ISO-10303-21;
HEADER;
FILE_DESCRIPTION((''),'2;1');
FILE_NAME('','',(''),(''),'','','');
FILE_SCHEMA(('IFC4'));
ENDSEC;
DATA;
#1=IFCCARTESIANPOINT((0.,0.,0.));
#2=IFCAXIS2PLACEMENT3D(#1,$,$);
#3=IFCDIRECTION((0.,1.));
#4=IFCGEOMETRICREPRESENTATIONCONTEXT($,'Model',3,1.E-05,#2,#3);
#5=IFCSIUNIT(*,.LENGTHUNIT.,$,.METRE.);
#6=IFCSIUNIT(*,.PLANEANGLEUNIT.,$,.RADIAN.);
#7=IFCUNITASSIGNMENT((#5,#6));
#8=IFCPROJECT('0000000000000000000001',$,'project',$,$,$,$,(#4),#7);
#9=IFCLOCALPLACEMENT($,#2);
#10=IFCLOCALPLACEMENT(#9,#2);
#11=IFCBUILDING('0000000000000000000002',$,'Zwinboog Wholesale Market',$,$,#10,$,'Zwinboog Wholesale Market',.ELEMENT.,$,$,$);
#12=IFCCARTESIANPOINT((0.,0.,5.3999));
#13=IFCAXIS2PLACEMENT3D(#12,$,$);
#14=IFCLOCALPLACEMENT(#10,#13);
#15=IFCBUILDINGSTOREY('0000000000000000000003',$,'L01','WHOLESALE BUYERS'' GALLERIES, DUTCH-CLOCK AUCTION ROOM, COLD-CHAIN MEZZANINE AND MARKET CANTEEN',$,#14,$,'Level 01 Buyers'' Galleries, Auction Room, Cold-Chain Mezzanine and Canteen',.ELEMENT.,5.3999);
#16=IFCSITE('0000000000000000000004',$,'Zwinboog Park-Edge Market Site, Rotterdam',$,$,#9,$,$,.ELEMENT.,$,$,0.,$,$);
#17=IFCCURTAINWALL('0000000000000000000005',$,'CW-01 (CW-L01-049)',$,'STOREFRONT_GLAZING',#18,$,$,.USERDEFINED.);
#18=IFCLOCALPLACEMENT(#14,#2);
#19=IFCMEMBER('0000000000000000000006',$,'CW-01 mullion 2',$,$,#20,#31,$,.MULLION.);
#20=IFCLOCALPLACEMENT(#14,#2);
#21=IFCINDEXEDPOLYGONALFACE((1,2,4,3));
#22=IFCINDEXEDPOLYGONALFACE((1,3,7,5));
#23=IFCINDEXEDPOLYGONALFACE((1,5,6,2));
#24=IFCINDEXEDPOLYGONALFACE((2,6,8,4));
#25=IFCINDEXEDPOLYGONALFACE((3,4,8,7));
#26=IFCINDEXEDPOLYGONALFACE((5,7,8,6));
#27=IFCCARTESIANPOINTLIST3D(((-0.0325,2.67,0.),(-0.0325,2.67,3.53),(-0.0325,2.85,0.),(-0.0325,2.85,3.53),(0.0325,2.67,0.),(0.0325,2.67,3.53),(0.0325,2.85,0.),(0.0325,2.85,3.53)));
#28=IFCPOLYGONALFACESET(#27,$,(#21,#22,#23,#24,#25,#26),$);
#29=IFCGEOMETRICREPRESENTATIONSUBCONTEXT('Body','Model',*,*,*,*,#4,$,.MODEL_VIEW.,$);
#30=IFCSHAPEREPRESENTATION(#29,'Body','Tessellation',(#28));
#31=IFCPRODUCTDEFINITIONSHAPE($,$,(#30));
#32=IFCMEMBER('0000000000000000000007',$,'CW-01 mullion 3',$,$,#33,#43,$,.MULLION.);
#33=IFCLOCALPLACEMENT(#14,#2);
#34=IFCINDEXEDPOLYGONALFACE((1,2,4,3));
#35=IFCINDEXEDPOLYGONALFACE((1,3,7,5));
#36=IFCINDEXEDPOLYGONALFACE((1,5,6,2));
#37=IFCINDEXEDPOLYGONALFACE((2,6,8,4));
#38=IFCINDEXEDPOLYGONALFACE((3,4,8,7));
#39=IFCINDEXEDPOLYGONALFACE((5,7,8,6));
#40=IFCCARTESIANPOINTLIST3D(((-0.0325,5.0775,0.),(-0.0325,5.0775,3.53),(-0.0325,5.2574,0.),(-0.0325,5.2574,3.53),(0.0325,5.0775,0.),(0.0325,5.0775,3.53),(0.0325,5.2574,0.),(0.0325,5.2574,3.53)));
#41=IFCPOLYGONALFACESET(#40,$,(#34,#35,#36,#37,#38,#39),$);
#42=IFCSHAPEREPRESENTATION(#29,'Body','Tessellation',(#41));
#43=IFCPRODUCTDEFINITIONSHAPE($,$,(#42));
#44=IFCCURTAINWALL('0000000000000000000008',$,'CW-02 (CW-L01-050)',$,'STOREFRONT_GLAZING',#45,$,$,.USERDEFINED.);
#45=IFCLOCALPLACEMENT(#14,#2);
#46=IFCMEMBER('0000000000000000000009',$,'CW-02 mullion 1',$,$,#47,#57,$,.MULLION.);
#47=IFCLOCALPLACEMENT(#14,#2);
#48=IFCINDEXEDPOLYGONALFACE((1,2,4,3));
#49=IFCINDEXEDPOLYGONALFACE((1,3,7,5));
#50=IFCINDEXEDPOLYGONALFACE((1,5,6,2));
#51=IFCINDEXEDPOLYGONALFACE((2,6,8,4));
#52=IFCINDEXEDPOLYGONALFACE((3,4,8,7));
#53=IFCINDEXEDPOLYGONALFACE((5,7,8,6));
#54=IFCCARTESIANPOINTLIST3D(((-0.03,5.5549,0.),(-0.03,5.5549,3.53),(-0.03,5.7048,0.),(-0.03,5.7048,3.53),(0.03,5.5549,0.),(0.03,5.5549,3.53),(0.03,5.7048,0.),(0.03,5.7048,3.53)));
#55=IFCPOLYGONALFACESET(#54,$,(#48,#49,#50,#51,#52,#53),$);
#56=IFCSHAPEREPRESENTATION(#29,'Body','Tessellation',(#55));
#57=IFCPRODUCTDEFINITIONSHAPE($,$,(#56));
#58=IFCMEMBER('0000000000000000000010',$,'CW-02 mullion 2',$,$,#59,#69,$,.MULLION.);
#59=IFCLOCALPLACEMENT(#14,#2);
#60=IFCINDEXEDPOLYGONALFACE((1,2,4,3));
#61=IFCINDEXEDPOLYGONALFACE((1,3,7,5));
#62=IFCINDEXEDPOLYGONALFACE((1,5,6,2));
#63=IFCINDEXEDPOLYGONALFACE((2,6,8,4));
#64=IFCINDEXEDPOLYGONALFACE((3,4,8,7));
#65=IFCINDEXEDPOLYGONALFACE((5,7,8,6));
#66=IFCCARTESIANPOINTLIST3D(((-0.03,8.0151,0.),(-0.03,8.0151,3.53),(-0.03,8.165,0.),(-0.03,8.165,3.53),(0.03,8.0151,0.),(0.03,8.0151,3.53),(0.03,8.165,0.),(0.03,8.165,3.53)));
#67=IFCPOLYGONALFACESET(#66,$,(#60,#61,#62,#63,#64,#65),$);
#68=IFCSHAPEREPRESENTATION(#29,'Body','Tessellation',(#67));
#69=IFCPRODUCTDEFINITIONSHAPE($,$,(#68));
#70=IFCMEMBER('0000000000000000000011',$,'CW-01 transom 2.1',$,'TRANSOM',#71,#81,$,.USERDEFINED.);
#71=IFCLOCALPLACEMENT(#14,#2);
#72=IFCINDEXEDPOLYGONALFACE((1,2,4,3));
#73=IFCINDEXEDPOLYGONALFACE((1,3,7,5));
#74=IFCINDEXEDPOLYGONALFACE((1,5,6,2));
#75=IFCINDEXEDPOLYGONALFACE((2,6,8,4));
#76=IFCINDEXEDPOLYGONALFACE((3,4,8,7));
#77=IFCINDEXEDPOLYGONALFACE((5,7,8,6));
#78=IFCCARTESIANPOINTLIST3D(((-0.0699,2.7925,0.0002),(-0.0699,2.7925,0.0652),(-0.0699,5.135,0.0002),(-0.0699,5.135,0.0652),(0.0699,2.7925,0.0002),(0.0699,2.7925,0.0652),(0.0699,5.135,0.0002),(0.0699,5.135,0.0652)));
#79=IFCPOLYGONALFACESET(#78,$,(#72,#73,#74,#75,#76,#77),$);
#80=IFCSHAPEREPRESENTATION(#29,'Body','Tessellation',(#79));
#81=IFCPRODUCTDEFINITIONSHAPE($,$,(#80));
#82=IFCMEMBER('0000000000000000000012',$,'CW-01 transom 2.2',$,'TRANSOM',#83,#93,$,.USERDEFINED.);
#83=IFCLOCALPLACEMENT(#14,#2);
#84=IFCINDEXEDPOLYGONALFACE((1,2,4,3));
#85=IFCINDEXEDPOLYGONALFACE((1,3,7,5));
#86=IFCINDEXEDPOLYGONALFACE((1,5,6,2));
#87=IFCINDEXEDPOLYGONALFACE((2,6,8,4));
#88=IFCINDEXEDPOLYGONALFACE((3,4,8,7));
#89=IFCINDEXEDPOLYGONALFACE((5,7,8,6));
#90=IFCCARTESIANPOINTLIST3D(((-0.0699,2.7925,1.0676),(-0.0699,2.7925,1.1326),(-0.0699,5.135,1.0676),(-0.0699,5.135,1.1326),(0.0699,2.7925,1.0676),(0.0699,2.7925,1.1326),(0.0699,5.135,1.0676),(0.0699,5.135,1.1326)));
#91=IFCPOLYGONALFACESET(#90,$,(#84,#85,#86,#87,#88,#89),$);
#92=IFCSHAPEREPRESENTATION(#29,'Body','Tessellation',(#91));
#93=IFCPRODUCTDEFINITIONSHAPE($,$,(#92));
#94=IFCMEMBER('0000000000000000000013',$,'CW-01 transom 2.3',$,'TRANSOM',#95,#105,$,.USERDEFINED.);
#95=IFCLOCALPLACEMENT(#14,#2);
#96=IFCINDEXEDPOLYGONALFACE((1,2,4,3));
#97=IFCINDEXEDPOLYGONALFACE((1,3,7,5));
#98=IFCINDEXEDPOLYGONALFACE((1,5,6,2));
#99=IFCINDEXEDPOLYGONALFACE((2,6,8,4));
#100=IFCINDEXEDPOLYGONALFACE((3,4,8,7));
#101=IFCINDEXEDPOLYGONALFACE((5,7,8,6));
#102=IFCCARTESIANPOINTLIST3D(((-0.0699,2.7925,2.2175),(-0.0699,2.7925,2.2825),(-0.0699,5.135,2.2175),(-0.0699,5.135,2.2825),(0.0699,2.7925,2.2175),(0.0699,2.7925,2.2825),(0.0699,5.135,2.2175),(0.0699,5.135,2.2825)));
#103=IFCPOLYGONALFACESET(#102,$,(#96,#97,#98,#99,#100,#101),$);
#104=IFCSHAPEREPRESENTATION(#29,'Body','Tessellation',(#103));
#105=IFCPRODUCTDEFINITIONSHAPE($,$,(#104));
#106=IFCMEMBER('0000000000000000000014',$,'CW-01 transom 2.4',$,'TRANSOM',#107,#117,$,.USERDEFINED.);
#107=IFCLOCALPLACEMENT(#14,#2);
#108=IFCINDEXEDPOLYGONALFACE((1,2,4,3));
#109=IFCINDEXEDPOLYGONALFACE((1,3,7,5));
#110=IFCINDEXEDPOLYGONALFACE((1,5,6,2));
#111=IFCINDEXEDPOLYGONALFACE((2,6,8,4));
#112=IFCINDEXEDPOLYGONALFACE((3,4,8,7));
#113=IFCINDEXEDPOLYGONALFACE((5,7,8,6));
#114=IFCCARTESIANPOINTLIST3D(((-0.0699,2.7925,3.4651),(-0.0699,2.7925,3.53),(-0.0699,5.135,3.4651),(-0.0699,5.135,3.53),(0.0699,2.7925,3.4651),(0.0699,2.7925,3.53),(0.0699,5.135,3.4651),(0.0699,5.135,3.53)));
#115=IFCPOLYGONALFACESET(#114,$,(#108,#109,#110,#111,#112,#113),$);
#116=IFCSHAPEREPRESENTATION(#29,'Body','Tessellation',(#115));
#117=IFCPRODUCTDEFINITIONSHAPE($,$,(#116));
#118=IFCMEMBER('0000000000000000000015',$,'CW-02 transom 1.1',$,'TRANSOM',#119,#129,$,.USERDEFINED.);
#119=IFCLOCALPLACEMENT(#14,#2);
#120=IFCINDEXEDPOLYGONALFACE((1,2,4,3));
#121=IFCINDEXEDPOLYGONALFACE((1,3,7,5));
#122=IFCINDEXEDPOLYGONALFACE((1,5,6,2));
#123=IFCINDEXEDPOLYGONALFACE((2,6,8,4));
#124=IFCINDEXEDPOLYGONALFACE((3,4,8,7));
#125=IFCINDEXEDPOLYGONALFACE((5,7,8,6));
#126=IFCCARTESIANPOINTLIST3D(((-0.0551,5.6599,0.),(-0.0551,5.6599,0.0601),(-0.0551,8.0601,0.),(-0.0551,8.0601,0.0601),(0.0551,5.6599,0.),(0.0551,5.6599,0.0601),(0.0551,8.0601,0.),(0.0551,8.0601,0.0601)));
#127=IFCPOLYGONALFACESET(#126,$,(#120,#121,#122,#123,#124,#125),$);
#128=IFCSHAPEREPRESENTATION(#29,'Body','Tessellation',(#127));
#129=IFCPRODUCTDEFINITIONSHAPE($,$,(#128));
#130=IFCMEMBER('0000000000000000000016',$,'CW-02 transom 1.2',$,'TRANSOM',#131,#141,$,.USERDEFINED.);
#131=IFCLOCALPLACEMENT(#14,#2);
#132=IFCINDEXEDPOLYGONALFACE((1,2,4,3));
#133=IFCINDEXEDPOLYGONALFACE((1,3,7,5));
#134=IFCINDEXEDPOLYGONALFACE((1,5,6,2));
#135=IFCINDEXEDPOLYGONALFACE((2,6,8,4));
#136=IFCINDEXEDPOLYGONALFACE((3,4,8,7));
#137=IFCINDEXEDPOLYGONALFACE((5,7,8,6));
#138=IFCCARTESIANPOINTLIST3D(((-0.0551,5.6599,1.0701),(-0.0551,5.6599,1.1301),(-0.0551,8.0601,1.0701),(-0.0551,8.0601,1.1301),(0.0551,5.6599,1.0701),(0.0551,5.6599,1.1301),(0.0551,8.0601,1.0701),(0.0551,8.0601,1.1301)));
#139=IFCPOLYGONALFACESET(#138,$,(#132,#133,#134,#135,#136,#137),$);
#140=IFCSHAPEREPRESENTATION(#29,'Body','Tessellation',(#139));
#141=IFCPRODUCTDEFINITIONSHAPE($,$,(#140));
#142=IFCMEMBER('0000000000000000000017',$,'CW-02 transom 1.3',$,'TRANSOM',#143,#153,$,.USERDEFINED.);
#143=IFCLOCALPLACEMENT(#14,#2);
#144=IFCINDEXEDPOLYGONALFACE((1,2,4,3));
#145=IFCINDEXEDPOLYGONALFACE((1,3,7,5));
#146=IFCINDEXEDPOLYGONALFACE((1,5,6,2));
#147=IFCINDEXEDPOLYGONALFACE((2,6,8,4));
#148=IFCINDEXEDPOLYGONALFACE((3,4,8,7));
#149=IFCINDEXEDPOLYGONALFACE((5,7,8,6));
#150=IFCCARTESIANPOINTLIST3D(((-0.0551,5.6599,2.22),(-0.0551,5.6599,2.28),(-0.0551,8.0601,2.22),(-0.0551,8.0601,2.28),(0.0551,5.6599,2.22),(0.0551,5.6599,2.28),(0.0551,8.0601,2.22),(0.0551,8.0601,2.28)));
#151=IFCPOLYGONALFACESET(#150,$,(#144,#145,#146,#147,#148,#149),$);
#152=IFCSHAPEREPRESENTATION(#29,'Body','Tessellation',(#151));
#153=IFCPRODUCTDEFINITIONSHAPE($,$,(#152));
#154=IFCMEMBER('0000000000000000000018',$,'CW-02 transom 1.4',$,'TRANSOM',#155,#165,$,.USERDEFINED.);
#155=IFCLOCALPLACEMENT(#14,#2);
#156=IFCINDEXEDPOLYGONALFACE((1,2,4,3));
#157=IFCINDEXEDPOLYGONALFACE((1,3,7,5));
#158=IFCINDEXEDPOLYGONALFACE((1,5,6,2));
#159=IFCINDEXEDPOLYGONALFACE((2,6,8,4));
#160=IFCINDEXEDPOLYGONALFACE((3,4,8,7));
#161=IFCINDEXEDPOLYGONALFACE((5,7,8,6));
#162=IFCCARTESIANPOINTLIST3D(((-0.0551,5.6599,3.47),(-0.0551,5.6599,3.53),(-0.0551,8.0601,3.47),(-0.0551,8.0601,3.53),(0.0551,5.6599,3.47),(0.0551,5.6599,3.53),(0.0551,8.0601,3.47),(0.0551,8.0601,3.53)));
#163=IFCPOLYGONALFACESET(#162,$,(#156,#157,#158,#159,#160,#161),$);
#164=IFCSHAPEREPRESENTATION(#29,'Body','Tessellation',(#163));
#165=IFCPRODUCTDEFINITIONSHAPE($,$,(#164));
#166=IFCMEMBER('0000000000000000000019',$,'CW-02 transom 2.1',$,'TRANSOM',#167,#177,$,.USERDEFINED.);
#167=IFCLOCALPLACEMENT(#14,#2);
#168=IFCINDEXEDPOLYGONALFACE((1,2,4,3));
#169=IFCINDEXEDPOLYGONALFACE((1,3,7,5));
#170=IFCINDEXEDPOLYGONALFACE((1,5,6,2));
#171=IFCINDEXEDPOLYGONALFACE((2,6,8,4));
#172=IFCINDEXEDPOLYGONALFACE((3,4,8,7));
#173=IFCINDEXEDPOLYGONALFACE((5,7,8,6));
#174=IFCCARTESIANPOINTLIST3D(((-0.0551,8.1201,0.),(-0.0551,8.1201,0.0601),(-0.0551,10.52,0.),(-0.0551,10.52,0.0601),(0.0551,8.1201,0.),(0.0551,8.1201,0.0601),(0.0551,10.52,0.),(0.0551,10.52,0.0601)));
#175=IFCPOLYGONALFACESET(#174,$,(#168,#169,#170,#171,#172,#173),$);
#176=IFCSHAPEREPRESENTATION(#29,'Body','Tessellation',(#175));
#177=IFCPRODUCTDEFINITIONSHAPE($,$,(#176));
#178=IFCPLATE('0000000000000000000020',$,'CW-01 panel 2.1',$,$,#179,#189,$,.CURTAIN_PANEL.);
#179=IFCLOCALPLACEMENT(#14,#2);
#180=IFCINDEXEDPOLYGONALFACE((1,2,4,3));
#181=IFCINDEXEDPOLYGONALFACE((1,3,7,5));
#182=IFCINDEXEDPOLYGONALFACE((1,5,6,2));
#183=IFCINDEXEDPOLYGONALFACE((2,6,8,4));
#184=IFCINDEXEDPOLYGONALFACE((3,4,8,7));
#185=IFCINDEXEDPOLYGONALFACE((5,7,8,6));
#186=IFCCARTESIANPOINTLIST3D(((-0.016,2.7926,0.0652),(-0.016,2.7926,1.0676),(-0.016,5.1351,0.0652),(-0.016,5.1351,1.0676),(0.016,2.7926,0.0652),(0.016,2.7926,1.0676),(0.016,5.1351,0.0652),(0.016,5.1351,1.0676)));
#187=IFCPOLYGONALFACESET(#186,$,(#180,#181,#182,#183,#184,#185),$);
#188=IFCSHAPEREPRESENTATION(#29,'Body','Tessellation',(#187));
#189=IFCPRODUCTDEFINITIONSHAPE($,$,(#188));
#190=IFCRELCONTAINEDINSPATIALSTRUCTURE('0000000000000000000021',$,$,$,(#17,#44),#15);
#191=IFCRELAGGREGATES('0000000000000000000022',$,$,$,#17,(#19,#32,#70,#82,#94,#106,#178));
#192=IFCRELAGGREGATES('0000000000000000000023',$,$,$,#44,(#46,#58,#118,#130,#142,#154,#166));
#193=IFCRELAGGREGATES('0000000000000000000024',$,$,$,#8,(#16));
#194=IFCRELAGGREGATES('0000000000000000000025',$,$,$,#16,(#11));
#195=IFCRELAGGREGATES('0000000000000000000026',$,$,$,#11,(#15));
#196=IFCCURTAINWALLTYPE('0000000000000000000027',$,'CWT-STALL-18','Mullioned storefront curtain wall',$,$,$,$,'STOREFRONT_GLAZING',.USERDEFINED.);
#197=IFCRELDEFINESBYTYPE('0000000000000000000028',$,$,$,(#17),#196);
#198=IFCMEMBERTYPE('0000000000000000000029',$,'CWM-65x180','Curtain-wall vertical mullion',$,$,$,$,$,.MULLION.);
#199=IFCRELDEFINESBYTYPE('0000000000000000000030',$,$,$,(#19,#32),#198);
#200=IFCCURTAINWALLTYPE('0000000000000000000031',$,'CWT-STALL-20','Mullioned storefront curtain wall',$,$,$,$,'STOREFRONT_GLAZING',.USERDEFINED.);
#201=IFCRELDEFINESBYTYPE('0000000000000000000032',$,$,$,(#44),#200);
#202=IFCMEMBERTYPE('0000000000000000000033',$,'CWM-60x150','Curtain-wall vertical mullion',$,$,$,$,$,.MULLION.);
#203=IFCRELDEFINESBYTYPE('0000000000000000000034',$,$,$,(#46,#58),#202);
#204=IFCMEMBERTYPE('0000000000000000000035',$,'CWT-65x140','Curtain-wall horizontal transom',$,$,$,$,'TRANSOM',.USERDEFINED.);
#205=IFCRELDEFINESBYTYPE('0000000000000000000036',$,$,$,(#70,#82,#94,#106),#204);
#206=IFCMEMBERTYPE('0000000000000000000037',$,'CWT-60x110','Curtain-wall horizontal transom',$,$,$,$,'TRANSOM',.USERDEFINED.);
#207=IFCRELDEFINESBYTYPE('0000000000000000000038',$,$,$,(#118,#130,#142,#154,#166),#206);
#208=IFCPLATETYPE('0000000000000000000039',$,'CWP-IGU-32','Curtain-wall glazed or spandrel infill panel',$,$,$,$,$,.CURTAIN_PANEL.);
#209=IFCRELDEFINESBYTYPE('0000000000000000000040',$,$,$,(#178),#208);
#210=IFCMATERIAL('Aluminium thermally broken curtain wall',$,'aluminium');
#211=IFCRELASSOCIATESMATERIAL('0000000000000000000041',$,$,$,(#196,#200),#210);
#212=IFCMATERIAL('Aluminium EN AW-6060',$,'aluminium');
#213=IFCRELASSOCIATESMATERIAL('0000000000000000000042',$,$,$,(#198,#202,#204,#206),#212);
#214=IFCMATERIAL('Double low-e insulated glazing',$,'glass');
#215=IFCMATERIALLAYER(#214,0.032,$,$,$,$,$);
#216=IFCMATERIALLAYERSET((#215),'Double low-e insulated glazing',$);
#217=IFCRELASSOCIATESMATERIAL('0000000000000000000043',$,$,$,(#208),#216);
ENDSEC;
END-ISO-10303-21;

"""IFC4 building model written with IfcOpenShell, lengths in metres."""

from ifc_helpers import new_model, si_unit, direction, frame, origin, origin_2d, place, context, subcontext, project, spatial, rectangle, extrude, material, layer, layer_set, material_profile, profile_set, type_object, element, aggregate, save


model = new_model("IFC4")

# Units and contexts
model_context = context("Model", 3, precision=1e-05, world=origin(), true_north=direction((0.0, 1.0)))
body_context = subcontext(model_context, "Body", "Model", "MODEL_VIEW")
ifc_project = project(units=[si_unit("LENGTHUNIT", "METRE"), si_unit("PLANEANGLEUNIT", "RADIAN")], contexts=[model_context])

# Site, building, storey
site_placement = place(None, origin())
site = spatial("IfcSite", under=ifc_project, at=site_placement, Name="Zwinboog Park-Edge Market Site, Rotterdam", CompositionType="ELEMENT", RefElevation=0.0)
building_placement = place(site_placement, origin())
building = spatial("IfcBuilding", under=site, at=building_placement, Name="Zwinboog Wholesale Market", LongName="Zwinboog Wholesale Market", CompositionType="ELEMENT")
storey_placement = place(building_placement, frame((0.0, 0.0, 5.3999)))
storey = spatial("IfcBuildingStorey", under=building, at=storey_placement, Name="L01", Description="WHOLESALE BUYERS' GALLERIES, DUTCH-CLOCK AUCTION ROOM, COLD-CHAIN MEZZANINE AND MARKET CANTEEN", LongName="Level 01 Buyers' Galleries, Auction Room, Cold-Chain Mezzanine and Canteen", CompositionType="ELEMENT", Elevation=5.3999)

# Curtain walls, members
ifc_material_1 = material(Name="Aluminium thermally broken curtain wall", Category="aluminium")
curtain_wall_type_1 = type_object("IfcCurtainWallType", Name="CWT-STALL-18", Description="Mullioned storefront curtain wall", ElementType="STOREFRONT_GLAZING", PredefinedType="USERDEFINED", material=ifc_material_1)
curtain_wall_1_placement = place(storey_placement, origin())
curtain_wall_1 = element("IfcCurtainWall", 1, at=curtain_wall_1_placement, inside=storey, type_object=curtain_wall_type_1, Name="CW-01 (CW-L01-049)", ObjectType="STOREFRONT_GLAZING", PredefinedType="USERDEFINED")
ifc_material_2 = material(Name="Aluminium EN AW-6060", Category="aluminium")
ifc_material_profile_1 = material_profile(ifc_material_2, rectangle(XDim=0.0649, YDim=0.1799, at=origin_2d()), Name="AL 65x180")
ifc_profile_set_1 = profile_set([ifc_material_profile_1], Name="Aluminium EN AW-6060")
member_type_1 = type_object("IfcMemberType", Name="CWM-65x180", Description="Curtain-wall vertical mullion", PredefinedType="MULLION", material=ifc_profile_set_1)
member_1_placement = place(storey_placement, frame((0.0, 2.76, 0.0), z_axis=(0.0, 0.0, 1.0), x_axis=(-1.0, 0.0, 0.0)))
member_1 = element("IfcMember", 2, at=member_1_placement, type_object=member_type_1, Name="CW-01 mullion 2", PredefinedType="MULLION", context=body_context, shape_type="SweptSolid", body=[
    extrude(rectangle(XDim=0.0649, YDim=0.1799, at=origin_2d()), origin(), (0.0, 0.0, 1.0), 3.53),
])
member_2_placement = place(storey_placement, frame((0.0, 5.1675, 0.0), z_axis=(0.0, 0.0, 1.0), x_axis=(-1.0, 0.0, 0.0)))
member_2 = element("IfcMember", 3, at=member_2_placement, type_object=member_type_1, Name="CW-01 mullion 3", PredefinedType="MULLION", context=body_context, shape_type="SweptSolid", body=[
    extrude(rectangle(XDim=0.0649, YDim=0.1799, at=origin_2d()), origin(), (0.0, 0.0, 1.0), 3.53),
])
curtain_wall_type_2 = type_object("IfcCurtainWallType", Name="CWT-STALL-20", Description="Mullioned storefront curtain wall", ElementType="STOREFRONT_GLAZING", PredefinedType="USERDEFINED", material=ifc_material_1)
curtain_wall_2_placement = place(storey_placement, origin())
curtain_wall_2 = element("IfcCurtainWall", 4, at=curtain_wall_2_placement, inside=storey, type_object=curtain_wall_type_2, Name="CW-02 (CW-L01-050)", ObjectType="STOREFRONT_GLAZING", PredefinedType="USERDEFINED")
ifc_material_profile_2 = material_profile(ifc_material_2, rectangle(XDim=0.0601, YDim=0.1499, at=origin_2d()), Name="AL 60x150")
ifc_profile_set_2 = profile_set([ifc_material_profile_2], Name="Aluminium EN AW-6060")
member_type_2 = type_object("IfcMemberType", Name="CWM-60x150", Description="Curtain-wall vertical mullion", PredefinedType="MULLION", material=ifc_profile_set_2)
member_3_placement = place(storey_placement, frame((0.0, 5.6299, 0.0), z_axis=(0.0, 0.0, 1.0), x_axis=(-1.0, 0.0, 0.0)))
member_3 = element("IfcMember", 5, at=member_3_placement, type_object=member_type_2, Name="CW-02 mullion 1", PredefinedType="MULLION", context=body_context, shape_type="SweptSolid", body=[
    extrude(rectangle(XDim=0.0601, YDim=0.1499, at=origin_2d()), origin(), (0.0, 0.0, 1.0), 3.53),
])
member_4_placement = place(storey_placement, frame((0.0, 8.0901, 0.0), z_axis=(0.0, 0.0, 1.0), x_axis=(-1.0, 0.0, 0.0)))
member_4 = element("IfcMember", 6, at=member_4_placement, type_object=member_type_2, Name="CW-02 mullion 2", PredefinedType="MULLION", context=body_context, shape_type="SweptSolid", body=[
    extrude(rectangle(XDim=0.0601, YDim=0.1499, at=origin_2d()), origin(), (0.0, 0.0, 1.0), 3.53),
])

# Members
ifc_material_profile_3 = material_profile(ifc_material_2, rectangle(XDim=0.1399, YDim=0.0649, at=origin_2d()), Name="AL 65x140")
ifc_profile_set_3 = profile_set([ifc_material_profile_3], Name="Aluminium EN AW-6060")
member_type_3 = type_object("IfcMemberType", Name="CWT-65x140", Description="Curtain-wall horizontal transom", ElementType="TRANSOM", PredefinedType="USERDEFINED", material=ifc_profile_set_3)
member_5_placement = place(storey_placement, frame((0.0, 2.7925, 0.0327), z_axis=(0.0, 1.0, 0.0), x_axis=(-1.0, 0.0, 0.0)))
member_5 = element("IfcMember", 7, at=member_5_placement, type_object=member_type_3, Name="CW-01 transom 2.1", ObjectType="TRANSOM", PredefinedType="USERDEFINED", context=body_context, shape_type="SweptSolid", body=[
    extrude(rectangle(XDim=0.1399, YDim=0.0649, at=origin_2d()), origin(), (0.0, 0.0, 1.0), 2.3425),
])
member_6_placement = place(storey_placement, frame((0.0, 2.7925, 1.1001), z_axis=(0.0, 1.0, 0.0), x_axis=(-1.0, 0.0, 0.0)))
member_6 = element("IfcMember", 8, at=member_6_placement, type_object=member_type_3, Name="CW-01 transom 2.2", ObjectType="TRANSOM", PredefinedType="USERDEFINED", context=body_context, shape_type="SweptSolid", body=[
    extrude(rectangle(XDim=0.1399, YDim=0.0649, at=origin_2d()), origin(), (0.0, 0.0, 1.0), 2.3425),
])
member_7_placement = place(storey_placement, frame((0.0, 2.7925, 2.25), z_axis=(0.0, 1.0, 0.0), x_axis=(-1.0, 0.0, 0.0)))
member_7 = element("IfcMember", 9, at=member_7_placement, type_object=member_type_3, Name="CW-01 transom 2.3", ObjectType="TRANSOM", PredefinedType="USERDEFINED", context=body_context, shape_type="SweptSolid", body=[
    extrude(rectangle(XDim=0.1399, YDim=0.0649, at=origin_2d()), origin(), (0.0, 0.0, 1.0), 2.3425),
])
member_8_placement = place(storey_placement, frame((0.0, 2.7925, 3.4976), z_axis=(0.0, 1.0, 0.0), x_axis=(-1.0, 0.0, 0.0)))
member_8 = element("IfcMember", 10, at=member_8_placement, type_object=member_type_3, Name="CW-01 transom 2.4", ObjectType="TRANSOM", PredefinedType="USERDEFINED", context=body_context, shape_type="SweptSolid", body=[
    extrude(rectangle(XDim=0.1399, YDim=0.0649, at=origin_2d()), origin(), (0.0, 0.0, 1.0), 2.3425),
])
ifc_material_profile_4 = material_profile(ifc_material_2, rectangle(XDim=0.1101, YDim=0.0601, at=origin_2d()), Name="AL 60x110")
ifc_profile_set_4 = profile_set([ifc_material_profile_4], Name="Aluminium EN AW-6060")
member_type_4 = type_object("IfcMemberType", Name="CWT-60x110", Description="Curtain-wall horizontal transom", ElementType="TRANSOM", PredefinedType="USERDEFINED", material=ifc_profile_set_4)
member_9_placement = place(storey_placement, frame((0.0, 5.6599, 0.03), z_axis=(0.0, 1.0, 0.0), x_axis=(-1.0, 0.0, 0.0)))
member_9 = element("IfcMember", 11, at=member_9_placement, type_object=member_type_4, Name="CW-02 transom 1.1", ObjectType="TRANSOM", PredefinedType="USERDEFINED", context=body_context, shape_type="SweptSolid", body=[
    extrude(rectangle(XDim=0.1101, YDim=0.0601, at=origin_2d()), origin(), (0.0, 0.0, 1.0), 2.4001),
])
member_10_placement = place(storey_placement, frame((0.0, 5.6599, 1.1001), z_axis=(0.0, 1.0, 0.0), x_axis=(-1.0, 0.0, 0.0)))
member_10 = element("IfcMember", 12, at=member_10_placement, type_object=member_type_4, Name="CW-02 transom 1.2", ObjectType="TRANSOM", PredefinedType="USERDEFINED", context=body_context, shape_type="SweptSolid", body=[
    extrude(rectangle(XDim=0.1101, YDim=0.0601, at=origin_2d()), origin(), (0.0, 0.0, 1.0), 2.4001),
])
member_11_placement = place(storey_placement, frame((0.0, 5.6599, 2.25), z_axis=(0.0, 1.0, 0.0), x_axis=(-1.0, 0.0, 0.0)))
member_11 = element("IfcMember", 13, at=member_11_placement, type_object=member_type_4, Name="CW-02 transom 1.3", ObjectType="TRANSOM", PredefinedType="USERDEFINED", context=body_context, shape_type="SweptSolid", body=[
    extrude(rectangle(XDim=0.1101, YDim=0.0601, at=origin_2d()), origin(), (0.0, 0.0, 1.0), 2.4001),
])
member_12_placement = place(storey_placement, frame((0.0, 5.6599, 3.5), z_axis=(0.0, 1.0, 0.0), x_axis=(-1.0, 0.0, 0.0)))
member_12 = element("IfcMember", 14, at=member_12_placement, type_object=member_type_4, Name="CW-02 transom 1.4", ObjectType="TRANSOM", PredefinedType="USERDEFINED", context=body_context, shape_type="SweptSolid", body=[
    extrude(rectangle(XDim=0.1101, YDim=0.0601, at=origin_2d()), origin(), (0.0, 0.0, 1.0), 2.4001),
])
member_13_placement = place(storey_placement, frame((0.0, 8.1201, 0.03), z_axis=(0.0, 1.0, 0.0), x_axis=(-1.0, 0.0, 0.0)))
member_13 = element("IfcMember", 15, at=member_13_placement, type_object=member_type_4, Name="CW-02 transom 2.1", ObjectType="TRANSOM", PredefinedType="USERDEFINED", context=body_context, shape_type="SweptSolid", body=[
    extrude(rectangle(XDim=0.1101, YDim=0.0601, at=origin_2d()), origin(), (0.0, 0.0, 1.0), 2.3999),
])

# Plate
ifc_material_3 = material(Name="Double low-e insulated glazing", Category="glass")
ifc_layer_1 = layer(ifc_material_3, 0.032)
ifc_layer_set_1 = layer_set([ifc_layer_1], Name="Double low-e insulated glazing")
plate_type = type_object("IfcPlateType", Name="CWP-IGU-32", Description="Curtain-wall glazed or spandrel infill panel", PredefinedType="CURTAIN_PANEL", material=ifc_layer_set_1)
plate_1_placement = place(storey_placement, frame((0.0, 3.9639, 0.0652), z_axis=(0.0, 0.0, 1.0), x_axis=(0.0, 1.0, 0.0)))
plate_1 = element("IfcPlate", 16, at=plate_1_placement, type_object=plate_type, Name="CW-01 panel 2.1", PredefinedType="CURTAIN_PANEL", context=body_context, shape_type="SweptSolid", body=[
    extrude(rectangle(XDim=2.3425, YDim=0.032, at=origin_2d()), origin(), (0.0, 0.0, 1.0), 1.0024),
])
aggregate(curtain_wall_1, [member_1, member_2, member_5, member_6, member_7, member_8, plate_1])
aggregate(curtain_wall_2, [member_3, member_4, member_9, member_10, member_11, member_12, member_13])

save(model, "model.ifc")
